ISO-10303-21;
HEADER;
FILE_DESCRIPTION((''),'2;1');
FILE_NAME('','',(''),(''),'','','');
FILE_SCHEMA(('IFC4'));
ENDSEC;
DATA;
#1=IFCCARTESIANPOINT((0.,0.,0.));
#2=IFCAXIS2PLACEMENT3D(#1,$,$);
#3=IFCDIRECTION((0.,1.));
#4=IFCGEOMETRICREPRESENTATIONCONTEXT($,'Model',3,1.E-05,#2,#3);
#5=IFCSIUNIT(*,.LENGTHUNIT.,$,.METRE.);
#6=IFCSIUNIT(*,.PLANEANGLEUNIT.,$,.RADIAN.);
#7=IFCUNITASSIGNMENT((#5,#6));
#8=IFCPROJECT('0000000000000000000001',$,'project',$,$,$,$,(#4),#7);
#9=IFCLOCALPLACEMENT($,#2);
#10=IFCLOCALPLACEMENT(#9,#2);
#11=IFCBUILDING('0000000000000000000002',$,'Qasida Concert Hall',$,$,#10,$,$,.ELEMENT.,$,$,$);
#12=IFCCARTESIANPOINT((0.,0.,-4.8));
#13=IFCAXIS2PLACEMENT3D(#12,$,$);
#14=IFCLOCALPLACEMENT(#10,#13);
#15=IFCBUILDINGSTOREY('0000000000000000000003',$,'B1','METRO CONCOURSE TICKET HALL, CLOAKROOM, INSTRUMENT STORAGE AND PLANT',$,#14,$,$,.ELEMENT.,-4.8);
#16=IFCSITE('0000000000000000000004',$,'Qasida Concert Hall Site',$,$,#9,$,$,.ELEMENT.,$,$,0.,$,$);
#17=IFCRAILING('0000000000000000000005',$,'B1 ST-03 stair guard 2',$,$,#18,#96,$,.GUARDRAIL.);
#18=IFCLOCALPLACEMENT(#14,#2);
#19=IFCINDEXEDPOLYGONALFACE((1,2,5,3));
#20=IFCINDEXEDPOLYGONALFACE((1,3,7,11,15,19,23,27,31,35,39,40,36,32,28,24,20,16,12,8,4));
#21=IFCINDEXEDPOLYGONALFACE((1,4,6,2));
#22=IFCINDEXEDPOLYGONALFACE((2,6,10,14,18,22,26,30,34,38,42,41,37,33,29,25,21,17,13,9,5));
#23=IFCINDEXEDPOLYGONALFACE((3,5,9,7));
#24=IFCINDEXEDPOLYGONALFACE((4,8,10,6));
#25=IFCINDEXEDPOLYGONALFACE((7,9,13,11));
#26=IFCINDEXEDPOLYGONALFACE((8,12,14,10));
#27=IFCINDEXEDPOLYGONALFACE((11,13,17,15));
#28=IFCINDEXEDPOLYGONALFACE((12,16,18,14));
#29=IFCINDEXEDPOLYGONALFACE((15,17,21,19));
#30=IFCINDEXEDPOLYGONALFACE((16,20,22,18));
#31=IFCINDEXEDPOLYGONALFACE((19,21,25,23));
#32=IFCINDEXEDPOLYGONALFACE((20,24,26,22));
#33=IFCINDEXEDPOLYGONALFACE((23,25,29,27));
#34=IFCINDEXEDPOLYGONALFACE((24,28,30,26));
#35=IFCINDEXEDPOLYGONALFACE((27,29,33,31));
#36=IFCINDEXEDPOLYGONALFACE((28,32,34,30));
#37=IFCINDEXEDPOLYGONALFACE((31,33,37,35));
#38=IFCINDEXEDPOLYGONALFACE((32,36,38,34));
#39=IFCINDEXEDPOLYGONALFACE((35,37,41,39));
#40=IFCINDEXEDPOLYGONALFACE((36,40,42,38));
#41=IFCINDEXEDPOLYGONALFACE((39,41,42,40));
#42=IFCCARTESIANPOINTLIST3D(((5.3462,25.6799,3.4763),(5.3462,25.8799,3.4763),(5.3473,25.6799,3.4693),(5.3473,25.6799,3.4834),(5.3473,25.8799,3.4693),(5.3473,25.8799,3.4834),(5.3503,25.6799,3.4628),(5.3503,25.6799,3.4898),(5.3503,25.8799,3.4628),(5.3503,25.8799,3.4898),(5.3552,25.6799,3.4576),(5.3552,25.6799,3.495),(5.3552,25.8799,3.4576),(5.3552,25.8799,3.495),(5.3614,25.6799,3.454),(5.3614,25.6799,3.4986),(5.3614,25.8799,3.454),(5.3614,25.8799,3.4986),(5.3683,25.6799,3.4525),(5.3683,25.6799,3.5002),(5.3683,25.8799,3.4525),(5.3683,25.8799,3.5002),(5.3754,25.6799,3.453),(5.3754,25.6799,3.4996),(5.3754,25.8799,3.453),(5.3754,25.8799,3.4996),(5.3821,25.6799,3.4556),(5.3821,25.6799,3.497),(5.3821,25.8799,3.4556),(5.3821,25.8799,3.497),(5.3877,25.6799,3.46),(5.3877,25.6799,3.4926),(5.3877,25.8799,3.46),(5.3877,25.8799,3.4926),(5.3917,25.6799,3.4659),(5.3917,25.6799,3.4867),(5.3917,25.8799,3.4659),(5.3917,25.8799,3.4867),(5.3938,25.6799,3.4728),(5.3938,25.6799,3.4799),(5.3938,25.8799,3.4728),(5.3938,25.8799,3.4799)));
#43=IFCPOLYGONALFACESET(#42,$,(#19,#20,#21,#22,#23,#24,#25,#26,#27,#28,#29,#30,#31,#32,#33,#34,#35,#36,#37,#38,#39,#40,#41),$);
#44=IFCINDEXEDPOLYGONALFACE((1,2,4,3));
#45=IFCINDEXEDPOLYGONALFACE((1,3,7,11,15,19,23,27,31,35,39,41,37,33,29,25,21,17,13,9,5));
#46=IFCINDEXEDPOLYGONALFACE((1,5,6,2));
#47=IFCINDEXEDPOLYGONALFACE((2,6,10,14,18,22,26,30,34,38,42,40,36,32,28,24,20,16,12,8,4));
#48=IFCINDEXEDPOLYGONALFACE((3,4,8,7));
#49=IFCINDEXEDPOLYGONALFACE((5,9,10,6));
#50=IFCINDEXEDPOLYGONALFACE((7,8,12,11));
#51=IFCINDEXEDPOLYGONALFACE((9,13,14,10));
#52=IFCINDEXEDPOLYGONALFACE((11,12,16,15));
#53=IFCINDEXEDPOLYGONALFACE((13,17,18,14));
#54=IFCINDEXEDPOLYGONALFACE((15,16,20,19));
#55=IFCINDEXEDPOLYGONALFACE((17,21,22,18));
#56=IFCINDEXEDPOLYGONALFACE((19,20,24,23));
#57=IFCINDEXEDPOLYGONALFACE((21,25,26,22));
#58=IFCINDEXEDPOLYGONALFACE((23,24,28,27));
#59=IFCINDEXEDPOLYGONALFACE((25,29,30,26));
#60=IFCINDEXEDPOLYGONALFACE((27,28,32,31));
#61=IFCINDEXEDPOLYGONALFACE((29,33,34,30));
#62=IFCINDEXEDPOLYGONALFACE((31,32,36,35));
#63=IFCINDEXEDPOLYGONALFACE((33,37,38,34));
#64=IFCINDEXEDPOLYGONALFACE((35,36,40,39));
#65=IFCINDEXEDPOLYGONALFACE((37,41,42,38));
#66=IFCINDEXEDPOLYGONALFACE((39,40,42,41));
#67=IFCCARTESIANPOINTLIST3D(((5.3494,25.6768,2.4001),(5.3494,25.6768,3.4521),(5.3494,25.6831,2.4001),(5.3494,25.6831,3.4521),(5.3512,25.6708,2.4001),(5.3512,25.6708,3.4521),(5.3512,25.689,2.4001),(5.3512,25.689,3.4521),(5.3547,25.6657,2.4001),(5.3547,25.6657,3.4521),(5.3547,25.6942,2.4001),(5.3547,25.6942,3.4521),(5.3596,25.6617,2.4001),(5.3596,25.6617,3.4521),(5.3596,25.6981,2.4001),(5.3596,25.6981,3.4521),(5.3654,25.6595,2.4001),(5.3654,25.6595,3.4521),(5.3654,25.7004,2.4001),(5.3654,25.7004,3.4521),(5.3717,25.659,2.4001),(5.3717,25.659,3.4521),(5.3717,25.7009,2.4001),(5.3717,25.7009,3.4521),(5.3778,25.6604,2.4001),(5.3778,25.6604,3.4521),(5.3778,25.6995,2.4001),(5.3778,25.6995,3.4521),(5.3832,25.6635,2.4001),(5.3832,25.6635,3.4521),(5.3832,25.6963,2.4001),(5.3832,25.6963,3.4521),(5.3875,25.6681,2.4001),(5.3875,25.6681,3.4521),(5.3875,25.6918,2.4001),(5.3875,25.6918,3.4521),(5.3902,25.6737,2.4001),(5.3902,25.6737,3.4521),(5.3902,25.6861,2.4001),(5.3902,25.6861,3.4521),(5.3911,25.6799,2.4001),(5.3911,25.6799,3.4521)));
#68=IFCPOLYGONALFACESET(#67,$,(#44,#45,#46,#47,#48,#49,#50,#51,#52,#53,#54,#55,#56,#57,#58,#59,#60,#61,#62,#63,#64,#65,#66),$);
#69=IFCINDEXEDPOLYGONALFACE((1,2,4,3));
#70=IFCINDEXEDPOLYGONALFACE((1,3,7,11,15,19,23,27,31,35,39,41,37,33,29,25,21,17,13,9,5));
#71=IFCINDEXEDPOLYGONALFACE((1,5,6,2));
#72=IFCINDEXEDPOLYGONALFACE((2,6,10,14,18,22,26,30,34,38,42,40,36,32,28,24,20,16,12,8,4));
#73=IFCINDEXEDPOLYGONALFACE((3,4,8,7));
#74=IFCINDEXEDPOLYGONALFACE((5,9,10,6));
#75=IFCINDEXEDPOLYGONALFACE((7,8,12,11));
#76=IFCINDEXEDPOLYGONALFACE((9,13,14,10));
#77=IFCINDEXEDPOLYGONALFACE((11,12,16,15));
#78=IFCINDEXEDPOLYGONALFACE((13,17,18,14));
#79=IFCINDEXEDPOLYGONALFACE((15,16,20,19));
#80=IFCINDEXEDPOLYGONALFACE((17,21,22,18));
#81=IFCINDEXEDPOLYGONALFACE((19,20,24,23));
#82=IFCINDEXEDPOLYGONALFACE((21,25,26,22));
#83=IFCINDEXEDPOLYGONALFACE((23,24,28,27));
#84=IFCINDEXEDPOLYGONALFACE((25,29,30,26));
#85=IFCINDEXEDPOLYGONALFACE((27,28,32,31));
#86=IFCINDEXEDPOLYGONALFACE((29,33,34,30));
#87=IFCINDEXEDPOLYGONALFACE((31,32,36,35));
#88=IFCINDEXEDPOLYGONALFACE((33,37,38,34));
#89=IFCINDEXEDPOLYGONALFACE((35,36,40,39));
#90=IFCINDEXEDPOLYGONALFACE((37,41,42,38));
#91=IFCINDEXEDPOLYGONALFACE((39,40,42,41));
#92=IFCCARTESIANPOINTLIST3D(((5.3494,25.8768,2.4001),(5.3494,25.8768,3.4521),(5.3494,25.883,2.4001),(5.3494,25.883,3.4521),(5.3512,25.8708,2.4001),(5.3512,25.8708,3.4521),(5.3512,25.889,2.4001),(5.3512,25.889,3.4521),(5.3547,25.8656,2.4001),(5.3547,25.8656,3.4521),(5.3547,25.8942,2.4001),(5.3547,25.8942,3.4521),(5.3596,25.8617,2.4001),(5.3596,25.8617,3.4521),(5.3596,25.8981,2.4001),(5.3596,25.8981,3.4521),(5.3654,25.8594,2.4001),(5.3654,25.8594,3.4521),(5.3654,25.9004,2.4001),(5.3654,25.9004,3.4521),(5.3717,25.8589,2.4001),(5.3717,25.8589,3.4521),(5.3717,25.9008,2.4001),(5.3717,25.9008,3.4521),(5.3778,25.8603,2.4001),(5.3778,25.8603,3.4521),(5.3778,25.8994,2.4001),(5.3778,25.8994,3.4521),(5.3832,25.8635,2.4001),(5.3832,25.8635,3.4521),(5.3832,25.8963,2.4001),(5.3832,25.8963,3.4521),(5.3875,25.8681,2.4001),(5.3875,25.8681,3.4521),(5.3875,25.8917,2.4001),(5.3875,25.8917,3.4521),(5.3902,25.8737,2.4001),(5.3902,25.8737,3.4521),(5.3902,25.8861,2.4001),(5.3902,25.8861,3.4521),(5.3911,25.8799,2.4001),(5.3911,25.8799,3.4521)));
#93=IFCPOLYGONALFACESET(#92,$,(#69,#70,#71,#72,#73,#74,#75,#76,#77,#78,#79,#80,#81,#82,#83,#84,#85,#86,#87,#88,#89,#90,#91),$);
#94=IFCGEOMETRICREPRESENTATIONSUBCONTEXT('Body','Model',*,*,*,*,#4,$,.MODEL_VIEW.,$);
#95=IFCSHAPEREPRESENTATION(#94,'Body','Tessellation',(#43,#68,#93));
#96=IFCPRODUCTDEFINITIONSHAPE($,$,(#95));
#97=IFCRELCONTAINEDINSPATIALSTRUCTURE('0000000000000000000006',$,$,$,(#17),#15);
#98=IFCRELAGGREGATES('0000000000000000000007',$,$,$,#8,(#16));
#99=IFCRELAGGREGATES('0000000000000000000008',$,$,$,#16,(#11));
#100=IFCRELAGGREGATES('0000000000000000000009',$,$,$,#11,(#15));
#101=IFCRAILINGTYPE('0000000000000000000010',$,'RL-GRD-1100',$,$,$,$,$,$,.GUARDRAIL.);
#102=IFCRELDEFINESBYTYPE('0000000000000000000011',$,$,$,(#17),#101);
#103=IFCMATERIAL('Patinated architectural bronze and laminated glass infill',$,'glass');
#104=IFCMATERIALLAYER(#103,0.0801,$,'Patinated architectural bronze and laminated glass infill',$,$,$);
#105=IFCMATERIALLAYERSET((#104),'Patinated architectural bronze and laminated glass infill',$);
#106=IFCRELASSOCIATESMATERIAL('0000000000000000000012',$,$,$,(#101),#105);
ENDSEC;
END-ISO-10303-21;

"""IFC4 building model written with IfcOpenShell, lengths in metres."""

from ifc_helpers import new_model, si_unit, direction, frame, origin, origin_2d, place, context, subcontext, project, spatial, circle, extrude, material, layer, layer_set, type_object, element, save


model = new_model("IFC4")

# Units and contexts
model_context = context("Model", 3, precision=1e-05, world=origin(), true_north=direction((0.0, 1.0)))
body_context = subcontext(model_context, "Body", "Model", "MODEL_VIEW")
ifc_project = project(units=[si_unit("LENGTHUNIT", "METRE"), si_unit("PLANEANGLEUNIT", "RADIAN")], contexts=[model_context])

# Site, building, storey
site_placement = place(None, origin())
site = spatial("IfcSite", under=ifc_project, at=site_placement, Name="Qasida Concert Hall Site", CompositionType="ELEMENT", RefElevation=0.0)
building_placement = place(site_placement, origin())
building = spatial("IfcBuilding", under=site, at=building_placement, Name="Qasida Concert Hall", CompositionType="ELEMENT")
storey_placement = place(building_placement, frame((0.0, 0.0, -4.8)))
storey = spatial("IfcBuildingStorey", under=building, at=storey_placement, Name="B1", Description="METRO CONCOURSE TICKET HALL, CLOAKROOM, INSTRUMENT STORAGE AND PLANT", CompositionType="ELEMENT", Elevation=-4.8)

# Railing
ifc_material_1 = material(Name="Patinated architectural bronze and laminated glass infill", Category="glass")
ifc_layer_1 = layer(ifc_material_1, 0.0801, Name="Patinated architectural bronze and laminated glass infill")
ifc_layer_set_1 = layer_set([ifc_layer_1], Name="Patinated architectural bronze and laminated glass infill")
railing_type_1 = type_object("IfcRailingType", Name="RL-GRD-1100", PredefinedType="GUARDRAIL", material=ifc_layer_set_1)
railing_1_placement = place(storey_placement, frame((5.3701, 25.6799, 2.4001)))
element("IfcRailing", 1, at=railing_1_placement, inside=storey, type_object=railing_type_1, Name="B1 ST-03 stair guard 2", PredefinedType="GUARDRAIL", context=body_context, shape_type="SweptSolid", body=[
    extrude(circle(Radius=0.0239, at=origin_2d()), frame((0.0, 0.0, 1.0762), z_axis=(0.0, 1.0, 0.0), x_axis=(-1.0, 0.0, 0.0)), (0.0, 0.0, 1.0), 0.2),
    extrude(circle(Radius=0.021, at=origin_2d()), origin(), (0.0, 0.0, 1.0), 1.052),
    extrude(circle(Radius=0.021, at=origin_2d()), frame((0.0, 0.2, 0.0)), (0.0, 0.0, 1.0), 1.052),
])

save(model, "model.ifc")
